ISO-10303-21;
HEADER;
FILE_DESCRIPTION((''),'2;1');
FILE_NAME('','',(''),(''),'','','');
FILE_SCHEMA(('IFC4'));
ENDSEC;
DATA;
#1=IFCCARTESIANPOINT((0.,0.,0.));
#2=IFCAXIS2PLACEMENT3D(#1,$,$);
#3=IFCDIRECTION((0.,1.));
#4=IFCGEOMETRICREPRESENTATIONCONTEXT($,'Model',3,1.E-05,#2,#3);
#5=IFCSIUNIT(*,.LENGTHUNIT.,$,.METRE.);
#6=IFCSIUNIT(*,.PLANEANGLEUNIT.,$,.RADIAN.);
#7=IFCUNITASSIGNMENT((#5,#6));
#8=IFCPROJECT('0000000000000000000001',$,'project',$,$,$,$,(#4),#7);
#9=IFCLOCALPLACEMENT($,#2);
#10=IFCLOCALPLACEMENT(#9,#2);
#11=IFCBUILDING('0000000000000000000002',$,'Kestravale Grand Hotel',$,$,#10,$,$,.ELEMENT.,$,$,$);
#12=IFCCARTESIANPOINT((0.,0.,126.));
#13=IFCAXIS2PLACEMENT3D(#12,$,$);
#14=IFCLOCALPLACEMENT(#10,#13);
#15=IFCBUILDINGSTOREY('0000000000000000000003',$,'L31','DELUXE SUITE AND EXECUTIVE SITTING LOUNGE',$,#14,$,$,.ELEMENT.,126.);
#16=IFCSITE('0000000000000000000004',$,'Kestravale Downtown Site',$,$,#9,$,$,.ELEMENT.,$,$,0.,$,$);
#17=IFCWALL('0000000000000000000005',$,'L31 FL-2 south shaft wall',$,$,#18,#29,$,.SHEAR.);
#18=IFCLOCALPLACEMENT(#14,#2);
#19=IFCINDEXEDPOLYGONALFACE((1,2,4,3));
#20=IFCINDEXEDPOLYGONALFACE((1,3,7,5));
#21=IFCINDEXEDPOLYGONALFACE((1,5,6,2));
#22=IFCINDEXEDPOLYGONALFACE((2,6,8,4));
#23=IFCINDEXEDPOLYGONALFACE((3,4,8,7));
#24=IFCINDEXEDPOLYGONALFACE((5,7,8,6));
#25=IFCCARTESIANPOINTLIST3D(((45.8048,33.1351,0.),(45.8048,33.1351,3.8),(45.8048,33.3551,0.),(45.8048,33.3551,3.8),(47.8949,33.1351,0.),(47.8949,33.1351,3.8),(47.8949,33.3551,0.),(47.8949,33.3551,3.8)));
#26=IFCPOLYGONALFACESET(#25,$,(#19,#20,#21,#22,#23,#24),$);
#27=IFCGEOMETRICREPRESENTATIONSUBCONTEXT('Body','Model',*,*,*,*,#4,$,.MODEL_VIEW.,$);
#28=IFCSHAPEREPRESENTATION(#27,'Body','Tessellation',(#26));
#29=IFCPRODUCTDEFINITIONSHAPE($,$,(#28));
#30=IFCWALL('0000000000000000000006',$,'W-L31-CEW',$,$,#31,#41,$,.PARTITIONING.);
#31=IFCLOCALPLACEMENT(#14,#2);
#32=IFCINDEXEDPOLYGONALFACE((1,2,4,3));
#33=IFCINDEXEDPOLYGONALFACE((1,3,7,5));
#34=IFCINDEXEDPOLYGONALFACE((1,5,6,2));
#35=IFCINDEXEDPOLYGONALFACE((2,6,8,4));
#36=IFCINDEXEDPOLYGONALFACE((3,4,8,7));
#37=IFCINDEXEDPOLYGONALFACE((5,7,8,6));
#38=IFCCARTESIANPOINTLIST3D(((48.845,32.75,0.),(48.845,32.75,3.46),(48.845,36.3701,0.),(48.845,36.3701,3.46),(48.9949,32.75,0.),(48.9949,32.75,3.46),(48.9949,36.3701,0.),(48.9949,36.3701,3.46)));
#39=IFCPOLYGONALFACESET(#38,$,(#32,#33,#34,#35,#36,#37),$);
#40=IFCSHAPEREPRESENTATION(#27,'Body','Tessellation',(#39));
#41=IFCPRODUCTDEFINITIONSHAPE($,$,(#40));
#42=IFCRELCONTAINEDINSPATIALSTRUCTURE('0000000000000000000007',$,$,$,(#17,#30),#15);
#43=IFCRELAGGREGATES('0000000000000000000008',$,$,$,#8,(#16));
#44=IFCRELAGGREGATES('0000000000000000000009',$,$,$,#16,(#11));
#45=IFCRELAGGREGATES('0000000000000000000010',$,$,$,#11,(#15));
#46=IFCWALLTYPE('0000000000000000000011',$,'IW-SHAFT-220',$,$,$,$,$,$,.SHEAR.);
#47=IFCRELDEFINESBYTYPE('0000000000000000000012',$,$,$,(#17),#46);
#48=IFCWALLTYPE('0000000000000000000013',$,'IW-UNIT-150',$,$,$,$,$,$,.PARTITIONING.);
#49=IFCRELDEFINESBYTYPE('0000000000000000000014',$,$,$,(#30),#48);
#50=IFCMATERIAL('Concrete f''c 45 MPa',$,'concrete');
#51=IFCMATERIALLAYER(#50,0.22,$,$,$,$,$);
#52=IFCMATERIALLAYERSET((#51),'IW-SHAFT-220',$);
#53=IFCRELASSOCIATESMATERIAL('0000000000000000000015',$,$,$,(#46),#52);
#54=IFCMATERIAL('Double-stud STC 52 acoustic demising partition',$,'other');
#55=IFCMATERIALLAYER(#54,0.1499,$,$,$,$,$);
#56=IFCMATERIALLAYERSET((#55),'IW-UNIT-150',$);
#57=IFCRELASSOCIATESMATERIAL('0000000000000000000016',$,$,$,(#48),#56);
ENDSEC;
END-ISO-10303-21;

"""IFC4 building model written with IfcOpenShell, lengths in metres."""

from ifc_helpers import new_model, si_unit, direction, frame, frame_2d, origin, place, context, subcontext, project, spatial, rectangle, extrude, material, layer, layer_set, type_object, element, save


model = new_model("IFC4")

# Units and contexts
model_context = context("Model", 3, precision=1e-05, world=origin(), true_north=direction((0.0, 1.0)))
body_context = subcontext(model_context, "Body", "Model", "MODEL_VIEW")
ifc_project = project(units=[si_unit("LENGTHUNIT", "METRE"), si_unit("PLANEANGLEUNIT", "RADIAN")], contexts=[model_context])

# Site, building, storey
site_placement = place(None, origin())
site = spatial("IfcSite", under=ifc_project, at=site_placement, Name="Kestravale Downtown Site", CompositionType="ELEMENT", RefElevation=0.0)
building_placement = place(site_placement, origin())
building = spatial("IfcBuilding", under=site, at=building_placement, Name="Kestravale Grand Hotel", CompositionType="ELEMENT")
storey_placement = place(building_placement, frame((0.0, 0.0, 126.0)))
storey = spatial("IfcBuildingStorey", under=building, at=storey_placement, Name="L31", Description="DELUXE SUITE AND EXECUTIVE SITTING LOUNGE", CompositionType="ELEMENT", Elevation=126.0)

# Shared definitions
ifc_material_1 = material(Name="Concrete f'c 45 MPa", Category="concrete")
ifc_layer_1 = layer(ifc_material_1, 0.22)
ifc_layer_set_1 = layer_set([ifc_layer_1], Name="IW-SHAFT-220")
wall_type_1 = type_object("IfcWallType", Name="IW-SHAFT-220", PredefinedType="SHEAR", material=ifc_layer_set_1)

# Walls
wall_1_placement = place(storey_placement, frame((45.8049, 33.2451, 0.0), z_axis=(0.0, 0.0, 1.0), x_axis=(1.0, 0.0, 0.0)))
element("IfcWall", 1, at=wall_1_placement, inside=storey, type_object=wall_type_1, Name="L31 FL-2 south shaft wall", PredefinedType="SHEAR", context=body_context, shape_type="SweptSolid", body=[
    extrude(rectangle(XDim=2.0901, YDim=0.22, at=frame_2d((1.0449, 0.0))), origin(), (0.0, 0.0, 1.0), 3.8),
])
ifc_material_2 = material(Name="Double-stud STC 52 acoustic demising partition", Category="other")
ifc_layer_2 = layer(ifc_material_2, 0.1499)
ifc_layer_set_2 = layer_set([ifc_layer_2], Name="IW-UNIT-150")
wall_type_2 = type_object("IfcWallType", Name="IW-UNIT-150", PredefinedType="PARTITIONING", material=ifc_layer_set_2)
wall_2_placement = place(storey_placement, frame((48.9199, 32.75, 0.0), z_axis=(0.0, 0.0, 1.0), x_axis=(0.0, 1.0, 0.0)))
element("IfcWall", 2, at=wall_2_placement, inside=storey, type_object=wall_type_2, Name="W-L31-CEW", PredefinedType="PARTITIONING", context=body_context, shape_type="SweptSolid", body=[
    extrude(rectangle(XDim=3.6201, YDim=0.1499, at=frame_2d((1.8101, 0.0))), origin(), (0.0, 0.0, 1.0), 3.46),
])

save(model, "model.ifc")
